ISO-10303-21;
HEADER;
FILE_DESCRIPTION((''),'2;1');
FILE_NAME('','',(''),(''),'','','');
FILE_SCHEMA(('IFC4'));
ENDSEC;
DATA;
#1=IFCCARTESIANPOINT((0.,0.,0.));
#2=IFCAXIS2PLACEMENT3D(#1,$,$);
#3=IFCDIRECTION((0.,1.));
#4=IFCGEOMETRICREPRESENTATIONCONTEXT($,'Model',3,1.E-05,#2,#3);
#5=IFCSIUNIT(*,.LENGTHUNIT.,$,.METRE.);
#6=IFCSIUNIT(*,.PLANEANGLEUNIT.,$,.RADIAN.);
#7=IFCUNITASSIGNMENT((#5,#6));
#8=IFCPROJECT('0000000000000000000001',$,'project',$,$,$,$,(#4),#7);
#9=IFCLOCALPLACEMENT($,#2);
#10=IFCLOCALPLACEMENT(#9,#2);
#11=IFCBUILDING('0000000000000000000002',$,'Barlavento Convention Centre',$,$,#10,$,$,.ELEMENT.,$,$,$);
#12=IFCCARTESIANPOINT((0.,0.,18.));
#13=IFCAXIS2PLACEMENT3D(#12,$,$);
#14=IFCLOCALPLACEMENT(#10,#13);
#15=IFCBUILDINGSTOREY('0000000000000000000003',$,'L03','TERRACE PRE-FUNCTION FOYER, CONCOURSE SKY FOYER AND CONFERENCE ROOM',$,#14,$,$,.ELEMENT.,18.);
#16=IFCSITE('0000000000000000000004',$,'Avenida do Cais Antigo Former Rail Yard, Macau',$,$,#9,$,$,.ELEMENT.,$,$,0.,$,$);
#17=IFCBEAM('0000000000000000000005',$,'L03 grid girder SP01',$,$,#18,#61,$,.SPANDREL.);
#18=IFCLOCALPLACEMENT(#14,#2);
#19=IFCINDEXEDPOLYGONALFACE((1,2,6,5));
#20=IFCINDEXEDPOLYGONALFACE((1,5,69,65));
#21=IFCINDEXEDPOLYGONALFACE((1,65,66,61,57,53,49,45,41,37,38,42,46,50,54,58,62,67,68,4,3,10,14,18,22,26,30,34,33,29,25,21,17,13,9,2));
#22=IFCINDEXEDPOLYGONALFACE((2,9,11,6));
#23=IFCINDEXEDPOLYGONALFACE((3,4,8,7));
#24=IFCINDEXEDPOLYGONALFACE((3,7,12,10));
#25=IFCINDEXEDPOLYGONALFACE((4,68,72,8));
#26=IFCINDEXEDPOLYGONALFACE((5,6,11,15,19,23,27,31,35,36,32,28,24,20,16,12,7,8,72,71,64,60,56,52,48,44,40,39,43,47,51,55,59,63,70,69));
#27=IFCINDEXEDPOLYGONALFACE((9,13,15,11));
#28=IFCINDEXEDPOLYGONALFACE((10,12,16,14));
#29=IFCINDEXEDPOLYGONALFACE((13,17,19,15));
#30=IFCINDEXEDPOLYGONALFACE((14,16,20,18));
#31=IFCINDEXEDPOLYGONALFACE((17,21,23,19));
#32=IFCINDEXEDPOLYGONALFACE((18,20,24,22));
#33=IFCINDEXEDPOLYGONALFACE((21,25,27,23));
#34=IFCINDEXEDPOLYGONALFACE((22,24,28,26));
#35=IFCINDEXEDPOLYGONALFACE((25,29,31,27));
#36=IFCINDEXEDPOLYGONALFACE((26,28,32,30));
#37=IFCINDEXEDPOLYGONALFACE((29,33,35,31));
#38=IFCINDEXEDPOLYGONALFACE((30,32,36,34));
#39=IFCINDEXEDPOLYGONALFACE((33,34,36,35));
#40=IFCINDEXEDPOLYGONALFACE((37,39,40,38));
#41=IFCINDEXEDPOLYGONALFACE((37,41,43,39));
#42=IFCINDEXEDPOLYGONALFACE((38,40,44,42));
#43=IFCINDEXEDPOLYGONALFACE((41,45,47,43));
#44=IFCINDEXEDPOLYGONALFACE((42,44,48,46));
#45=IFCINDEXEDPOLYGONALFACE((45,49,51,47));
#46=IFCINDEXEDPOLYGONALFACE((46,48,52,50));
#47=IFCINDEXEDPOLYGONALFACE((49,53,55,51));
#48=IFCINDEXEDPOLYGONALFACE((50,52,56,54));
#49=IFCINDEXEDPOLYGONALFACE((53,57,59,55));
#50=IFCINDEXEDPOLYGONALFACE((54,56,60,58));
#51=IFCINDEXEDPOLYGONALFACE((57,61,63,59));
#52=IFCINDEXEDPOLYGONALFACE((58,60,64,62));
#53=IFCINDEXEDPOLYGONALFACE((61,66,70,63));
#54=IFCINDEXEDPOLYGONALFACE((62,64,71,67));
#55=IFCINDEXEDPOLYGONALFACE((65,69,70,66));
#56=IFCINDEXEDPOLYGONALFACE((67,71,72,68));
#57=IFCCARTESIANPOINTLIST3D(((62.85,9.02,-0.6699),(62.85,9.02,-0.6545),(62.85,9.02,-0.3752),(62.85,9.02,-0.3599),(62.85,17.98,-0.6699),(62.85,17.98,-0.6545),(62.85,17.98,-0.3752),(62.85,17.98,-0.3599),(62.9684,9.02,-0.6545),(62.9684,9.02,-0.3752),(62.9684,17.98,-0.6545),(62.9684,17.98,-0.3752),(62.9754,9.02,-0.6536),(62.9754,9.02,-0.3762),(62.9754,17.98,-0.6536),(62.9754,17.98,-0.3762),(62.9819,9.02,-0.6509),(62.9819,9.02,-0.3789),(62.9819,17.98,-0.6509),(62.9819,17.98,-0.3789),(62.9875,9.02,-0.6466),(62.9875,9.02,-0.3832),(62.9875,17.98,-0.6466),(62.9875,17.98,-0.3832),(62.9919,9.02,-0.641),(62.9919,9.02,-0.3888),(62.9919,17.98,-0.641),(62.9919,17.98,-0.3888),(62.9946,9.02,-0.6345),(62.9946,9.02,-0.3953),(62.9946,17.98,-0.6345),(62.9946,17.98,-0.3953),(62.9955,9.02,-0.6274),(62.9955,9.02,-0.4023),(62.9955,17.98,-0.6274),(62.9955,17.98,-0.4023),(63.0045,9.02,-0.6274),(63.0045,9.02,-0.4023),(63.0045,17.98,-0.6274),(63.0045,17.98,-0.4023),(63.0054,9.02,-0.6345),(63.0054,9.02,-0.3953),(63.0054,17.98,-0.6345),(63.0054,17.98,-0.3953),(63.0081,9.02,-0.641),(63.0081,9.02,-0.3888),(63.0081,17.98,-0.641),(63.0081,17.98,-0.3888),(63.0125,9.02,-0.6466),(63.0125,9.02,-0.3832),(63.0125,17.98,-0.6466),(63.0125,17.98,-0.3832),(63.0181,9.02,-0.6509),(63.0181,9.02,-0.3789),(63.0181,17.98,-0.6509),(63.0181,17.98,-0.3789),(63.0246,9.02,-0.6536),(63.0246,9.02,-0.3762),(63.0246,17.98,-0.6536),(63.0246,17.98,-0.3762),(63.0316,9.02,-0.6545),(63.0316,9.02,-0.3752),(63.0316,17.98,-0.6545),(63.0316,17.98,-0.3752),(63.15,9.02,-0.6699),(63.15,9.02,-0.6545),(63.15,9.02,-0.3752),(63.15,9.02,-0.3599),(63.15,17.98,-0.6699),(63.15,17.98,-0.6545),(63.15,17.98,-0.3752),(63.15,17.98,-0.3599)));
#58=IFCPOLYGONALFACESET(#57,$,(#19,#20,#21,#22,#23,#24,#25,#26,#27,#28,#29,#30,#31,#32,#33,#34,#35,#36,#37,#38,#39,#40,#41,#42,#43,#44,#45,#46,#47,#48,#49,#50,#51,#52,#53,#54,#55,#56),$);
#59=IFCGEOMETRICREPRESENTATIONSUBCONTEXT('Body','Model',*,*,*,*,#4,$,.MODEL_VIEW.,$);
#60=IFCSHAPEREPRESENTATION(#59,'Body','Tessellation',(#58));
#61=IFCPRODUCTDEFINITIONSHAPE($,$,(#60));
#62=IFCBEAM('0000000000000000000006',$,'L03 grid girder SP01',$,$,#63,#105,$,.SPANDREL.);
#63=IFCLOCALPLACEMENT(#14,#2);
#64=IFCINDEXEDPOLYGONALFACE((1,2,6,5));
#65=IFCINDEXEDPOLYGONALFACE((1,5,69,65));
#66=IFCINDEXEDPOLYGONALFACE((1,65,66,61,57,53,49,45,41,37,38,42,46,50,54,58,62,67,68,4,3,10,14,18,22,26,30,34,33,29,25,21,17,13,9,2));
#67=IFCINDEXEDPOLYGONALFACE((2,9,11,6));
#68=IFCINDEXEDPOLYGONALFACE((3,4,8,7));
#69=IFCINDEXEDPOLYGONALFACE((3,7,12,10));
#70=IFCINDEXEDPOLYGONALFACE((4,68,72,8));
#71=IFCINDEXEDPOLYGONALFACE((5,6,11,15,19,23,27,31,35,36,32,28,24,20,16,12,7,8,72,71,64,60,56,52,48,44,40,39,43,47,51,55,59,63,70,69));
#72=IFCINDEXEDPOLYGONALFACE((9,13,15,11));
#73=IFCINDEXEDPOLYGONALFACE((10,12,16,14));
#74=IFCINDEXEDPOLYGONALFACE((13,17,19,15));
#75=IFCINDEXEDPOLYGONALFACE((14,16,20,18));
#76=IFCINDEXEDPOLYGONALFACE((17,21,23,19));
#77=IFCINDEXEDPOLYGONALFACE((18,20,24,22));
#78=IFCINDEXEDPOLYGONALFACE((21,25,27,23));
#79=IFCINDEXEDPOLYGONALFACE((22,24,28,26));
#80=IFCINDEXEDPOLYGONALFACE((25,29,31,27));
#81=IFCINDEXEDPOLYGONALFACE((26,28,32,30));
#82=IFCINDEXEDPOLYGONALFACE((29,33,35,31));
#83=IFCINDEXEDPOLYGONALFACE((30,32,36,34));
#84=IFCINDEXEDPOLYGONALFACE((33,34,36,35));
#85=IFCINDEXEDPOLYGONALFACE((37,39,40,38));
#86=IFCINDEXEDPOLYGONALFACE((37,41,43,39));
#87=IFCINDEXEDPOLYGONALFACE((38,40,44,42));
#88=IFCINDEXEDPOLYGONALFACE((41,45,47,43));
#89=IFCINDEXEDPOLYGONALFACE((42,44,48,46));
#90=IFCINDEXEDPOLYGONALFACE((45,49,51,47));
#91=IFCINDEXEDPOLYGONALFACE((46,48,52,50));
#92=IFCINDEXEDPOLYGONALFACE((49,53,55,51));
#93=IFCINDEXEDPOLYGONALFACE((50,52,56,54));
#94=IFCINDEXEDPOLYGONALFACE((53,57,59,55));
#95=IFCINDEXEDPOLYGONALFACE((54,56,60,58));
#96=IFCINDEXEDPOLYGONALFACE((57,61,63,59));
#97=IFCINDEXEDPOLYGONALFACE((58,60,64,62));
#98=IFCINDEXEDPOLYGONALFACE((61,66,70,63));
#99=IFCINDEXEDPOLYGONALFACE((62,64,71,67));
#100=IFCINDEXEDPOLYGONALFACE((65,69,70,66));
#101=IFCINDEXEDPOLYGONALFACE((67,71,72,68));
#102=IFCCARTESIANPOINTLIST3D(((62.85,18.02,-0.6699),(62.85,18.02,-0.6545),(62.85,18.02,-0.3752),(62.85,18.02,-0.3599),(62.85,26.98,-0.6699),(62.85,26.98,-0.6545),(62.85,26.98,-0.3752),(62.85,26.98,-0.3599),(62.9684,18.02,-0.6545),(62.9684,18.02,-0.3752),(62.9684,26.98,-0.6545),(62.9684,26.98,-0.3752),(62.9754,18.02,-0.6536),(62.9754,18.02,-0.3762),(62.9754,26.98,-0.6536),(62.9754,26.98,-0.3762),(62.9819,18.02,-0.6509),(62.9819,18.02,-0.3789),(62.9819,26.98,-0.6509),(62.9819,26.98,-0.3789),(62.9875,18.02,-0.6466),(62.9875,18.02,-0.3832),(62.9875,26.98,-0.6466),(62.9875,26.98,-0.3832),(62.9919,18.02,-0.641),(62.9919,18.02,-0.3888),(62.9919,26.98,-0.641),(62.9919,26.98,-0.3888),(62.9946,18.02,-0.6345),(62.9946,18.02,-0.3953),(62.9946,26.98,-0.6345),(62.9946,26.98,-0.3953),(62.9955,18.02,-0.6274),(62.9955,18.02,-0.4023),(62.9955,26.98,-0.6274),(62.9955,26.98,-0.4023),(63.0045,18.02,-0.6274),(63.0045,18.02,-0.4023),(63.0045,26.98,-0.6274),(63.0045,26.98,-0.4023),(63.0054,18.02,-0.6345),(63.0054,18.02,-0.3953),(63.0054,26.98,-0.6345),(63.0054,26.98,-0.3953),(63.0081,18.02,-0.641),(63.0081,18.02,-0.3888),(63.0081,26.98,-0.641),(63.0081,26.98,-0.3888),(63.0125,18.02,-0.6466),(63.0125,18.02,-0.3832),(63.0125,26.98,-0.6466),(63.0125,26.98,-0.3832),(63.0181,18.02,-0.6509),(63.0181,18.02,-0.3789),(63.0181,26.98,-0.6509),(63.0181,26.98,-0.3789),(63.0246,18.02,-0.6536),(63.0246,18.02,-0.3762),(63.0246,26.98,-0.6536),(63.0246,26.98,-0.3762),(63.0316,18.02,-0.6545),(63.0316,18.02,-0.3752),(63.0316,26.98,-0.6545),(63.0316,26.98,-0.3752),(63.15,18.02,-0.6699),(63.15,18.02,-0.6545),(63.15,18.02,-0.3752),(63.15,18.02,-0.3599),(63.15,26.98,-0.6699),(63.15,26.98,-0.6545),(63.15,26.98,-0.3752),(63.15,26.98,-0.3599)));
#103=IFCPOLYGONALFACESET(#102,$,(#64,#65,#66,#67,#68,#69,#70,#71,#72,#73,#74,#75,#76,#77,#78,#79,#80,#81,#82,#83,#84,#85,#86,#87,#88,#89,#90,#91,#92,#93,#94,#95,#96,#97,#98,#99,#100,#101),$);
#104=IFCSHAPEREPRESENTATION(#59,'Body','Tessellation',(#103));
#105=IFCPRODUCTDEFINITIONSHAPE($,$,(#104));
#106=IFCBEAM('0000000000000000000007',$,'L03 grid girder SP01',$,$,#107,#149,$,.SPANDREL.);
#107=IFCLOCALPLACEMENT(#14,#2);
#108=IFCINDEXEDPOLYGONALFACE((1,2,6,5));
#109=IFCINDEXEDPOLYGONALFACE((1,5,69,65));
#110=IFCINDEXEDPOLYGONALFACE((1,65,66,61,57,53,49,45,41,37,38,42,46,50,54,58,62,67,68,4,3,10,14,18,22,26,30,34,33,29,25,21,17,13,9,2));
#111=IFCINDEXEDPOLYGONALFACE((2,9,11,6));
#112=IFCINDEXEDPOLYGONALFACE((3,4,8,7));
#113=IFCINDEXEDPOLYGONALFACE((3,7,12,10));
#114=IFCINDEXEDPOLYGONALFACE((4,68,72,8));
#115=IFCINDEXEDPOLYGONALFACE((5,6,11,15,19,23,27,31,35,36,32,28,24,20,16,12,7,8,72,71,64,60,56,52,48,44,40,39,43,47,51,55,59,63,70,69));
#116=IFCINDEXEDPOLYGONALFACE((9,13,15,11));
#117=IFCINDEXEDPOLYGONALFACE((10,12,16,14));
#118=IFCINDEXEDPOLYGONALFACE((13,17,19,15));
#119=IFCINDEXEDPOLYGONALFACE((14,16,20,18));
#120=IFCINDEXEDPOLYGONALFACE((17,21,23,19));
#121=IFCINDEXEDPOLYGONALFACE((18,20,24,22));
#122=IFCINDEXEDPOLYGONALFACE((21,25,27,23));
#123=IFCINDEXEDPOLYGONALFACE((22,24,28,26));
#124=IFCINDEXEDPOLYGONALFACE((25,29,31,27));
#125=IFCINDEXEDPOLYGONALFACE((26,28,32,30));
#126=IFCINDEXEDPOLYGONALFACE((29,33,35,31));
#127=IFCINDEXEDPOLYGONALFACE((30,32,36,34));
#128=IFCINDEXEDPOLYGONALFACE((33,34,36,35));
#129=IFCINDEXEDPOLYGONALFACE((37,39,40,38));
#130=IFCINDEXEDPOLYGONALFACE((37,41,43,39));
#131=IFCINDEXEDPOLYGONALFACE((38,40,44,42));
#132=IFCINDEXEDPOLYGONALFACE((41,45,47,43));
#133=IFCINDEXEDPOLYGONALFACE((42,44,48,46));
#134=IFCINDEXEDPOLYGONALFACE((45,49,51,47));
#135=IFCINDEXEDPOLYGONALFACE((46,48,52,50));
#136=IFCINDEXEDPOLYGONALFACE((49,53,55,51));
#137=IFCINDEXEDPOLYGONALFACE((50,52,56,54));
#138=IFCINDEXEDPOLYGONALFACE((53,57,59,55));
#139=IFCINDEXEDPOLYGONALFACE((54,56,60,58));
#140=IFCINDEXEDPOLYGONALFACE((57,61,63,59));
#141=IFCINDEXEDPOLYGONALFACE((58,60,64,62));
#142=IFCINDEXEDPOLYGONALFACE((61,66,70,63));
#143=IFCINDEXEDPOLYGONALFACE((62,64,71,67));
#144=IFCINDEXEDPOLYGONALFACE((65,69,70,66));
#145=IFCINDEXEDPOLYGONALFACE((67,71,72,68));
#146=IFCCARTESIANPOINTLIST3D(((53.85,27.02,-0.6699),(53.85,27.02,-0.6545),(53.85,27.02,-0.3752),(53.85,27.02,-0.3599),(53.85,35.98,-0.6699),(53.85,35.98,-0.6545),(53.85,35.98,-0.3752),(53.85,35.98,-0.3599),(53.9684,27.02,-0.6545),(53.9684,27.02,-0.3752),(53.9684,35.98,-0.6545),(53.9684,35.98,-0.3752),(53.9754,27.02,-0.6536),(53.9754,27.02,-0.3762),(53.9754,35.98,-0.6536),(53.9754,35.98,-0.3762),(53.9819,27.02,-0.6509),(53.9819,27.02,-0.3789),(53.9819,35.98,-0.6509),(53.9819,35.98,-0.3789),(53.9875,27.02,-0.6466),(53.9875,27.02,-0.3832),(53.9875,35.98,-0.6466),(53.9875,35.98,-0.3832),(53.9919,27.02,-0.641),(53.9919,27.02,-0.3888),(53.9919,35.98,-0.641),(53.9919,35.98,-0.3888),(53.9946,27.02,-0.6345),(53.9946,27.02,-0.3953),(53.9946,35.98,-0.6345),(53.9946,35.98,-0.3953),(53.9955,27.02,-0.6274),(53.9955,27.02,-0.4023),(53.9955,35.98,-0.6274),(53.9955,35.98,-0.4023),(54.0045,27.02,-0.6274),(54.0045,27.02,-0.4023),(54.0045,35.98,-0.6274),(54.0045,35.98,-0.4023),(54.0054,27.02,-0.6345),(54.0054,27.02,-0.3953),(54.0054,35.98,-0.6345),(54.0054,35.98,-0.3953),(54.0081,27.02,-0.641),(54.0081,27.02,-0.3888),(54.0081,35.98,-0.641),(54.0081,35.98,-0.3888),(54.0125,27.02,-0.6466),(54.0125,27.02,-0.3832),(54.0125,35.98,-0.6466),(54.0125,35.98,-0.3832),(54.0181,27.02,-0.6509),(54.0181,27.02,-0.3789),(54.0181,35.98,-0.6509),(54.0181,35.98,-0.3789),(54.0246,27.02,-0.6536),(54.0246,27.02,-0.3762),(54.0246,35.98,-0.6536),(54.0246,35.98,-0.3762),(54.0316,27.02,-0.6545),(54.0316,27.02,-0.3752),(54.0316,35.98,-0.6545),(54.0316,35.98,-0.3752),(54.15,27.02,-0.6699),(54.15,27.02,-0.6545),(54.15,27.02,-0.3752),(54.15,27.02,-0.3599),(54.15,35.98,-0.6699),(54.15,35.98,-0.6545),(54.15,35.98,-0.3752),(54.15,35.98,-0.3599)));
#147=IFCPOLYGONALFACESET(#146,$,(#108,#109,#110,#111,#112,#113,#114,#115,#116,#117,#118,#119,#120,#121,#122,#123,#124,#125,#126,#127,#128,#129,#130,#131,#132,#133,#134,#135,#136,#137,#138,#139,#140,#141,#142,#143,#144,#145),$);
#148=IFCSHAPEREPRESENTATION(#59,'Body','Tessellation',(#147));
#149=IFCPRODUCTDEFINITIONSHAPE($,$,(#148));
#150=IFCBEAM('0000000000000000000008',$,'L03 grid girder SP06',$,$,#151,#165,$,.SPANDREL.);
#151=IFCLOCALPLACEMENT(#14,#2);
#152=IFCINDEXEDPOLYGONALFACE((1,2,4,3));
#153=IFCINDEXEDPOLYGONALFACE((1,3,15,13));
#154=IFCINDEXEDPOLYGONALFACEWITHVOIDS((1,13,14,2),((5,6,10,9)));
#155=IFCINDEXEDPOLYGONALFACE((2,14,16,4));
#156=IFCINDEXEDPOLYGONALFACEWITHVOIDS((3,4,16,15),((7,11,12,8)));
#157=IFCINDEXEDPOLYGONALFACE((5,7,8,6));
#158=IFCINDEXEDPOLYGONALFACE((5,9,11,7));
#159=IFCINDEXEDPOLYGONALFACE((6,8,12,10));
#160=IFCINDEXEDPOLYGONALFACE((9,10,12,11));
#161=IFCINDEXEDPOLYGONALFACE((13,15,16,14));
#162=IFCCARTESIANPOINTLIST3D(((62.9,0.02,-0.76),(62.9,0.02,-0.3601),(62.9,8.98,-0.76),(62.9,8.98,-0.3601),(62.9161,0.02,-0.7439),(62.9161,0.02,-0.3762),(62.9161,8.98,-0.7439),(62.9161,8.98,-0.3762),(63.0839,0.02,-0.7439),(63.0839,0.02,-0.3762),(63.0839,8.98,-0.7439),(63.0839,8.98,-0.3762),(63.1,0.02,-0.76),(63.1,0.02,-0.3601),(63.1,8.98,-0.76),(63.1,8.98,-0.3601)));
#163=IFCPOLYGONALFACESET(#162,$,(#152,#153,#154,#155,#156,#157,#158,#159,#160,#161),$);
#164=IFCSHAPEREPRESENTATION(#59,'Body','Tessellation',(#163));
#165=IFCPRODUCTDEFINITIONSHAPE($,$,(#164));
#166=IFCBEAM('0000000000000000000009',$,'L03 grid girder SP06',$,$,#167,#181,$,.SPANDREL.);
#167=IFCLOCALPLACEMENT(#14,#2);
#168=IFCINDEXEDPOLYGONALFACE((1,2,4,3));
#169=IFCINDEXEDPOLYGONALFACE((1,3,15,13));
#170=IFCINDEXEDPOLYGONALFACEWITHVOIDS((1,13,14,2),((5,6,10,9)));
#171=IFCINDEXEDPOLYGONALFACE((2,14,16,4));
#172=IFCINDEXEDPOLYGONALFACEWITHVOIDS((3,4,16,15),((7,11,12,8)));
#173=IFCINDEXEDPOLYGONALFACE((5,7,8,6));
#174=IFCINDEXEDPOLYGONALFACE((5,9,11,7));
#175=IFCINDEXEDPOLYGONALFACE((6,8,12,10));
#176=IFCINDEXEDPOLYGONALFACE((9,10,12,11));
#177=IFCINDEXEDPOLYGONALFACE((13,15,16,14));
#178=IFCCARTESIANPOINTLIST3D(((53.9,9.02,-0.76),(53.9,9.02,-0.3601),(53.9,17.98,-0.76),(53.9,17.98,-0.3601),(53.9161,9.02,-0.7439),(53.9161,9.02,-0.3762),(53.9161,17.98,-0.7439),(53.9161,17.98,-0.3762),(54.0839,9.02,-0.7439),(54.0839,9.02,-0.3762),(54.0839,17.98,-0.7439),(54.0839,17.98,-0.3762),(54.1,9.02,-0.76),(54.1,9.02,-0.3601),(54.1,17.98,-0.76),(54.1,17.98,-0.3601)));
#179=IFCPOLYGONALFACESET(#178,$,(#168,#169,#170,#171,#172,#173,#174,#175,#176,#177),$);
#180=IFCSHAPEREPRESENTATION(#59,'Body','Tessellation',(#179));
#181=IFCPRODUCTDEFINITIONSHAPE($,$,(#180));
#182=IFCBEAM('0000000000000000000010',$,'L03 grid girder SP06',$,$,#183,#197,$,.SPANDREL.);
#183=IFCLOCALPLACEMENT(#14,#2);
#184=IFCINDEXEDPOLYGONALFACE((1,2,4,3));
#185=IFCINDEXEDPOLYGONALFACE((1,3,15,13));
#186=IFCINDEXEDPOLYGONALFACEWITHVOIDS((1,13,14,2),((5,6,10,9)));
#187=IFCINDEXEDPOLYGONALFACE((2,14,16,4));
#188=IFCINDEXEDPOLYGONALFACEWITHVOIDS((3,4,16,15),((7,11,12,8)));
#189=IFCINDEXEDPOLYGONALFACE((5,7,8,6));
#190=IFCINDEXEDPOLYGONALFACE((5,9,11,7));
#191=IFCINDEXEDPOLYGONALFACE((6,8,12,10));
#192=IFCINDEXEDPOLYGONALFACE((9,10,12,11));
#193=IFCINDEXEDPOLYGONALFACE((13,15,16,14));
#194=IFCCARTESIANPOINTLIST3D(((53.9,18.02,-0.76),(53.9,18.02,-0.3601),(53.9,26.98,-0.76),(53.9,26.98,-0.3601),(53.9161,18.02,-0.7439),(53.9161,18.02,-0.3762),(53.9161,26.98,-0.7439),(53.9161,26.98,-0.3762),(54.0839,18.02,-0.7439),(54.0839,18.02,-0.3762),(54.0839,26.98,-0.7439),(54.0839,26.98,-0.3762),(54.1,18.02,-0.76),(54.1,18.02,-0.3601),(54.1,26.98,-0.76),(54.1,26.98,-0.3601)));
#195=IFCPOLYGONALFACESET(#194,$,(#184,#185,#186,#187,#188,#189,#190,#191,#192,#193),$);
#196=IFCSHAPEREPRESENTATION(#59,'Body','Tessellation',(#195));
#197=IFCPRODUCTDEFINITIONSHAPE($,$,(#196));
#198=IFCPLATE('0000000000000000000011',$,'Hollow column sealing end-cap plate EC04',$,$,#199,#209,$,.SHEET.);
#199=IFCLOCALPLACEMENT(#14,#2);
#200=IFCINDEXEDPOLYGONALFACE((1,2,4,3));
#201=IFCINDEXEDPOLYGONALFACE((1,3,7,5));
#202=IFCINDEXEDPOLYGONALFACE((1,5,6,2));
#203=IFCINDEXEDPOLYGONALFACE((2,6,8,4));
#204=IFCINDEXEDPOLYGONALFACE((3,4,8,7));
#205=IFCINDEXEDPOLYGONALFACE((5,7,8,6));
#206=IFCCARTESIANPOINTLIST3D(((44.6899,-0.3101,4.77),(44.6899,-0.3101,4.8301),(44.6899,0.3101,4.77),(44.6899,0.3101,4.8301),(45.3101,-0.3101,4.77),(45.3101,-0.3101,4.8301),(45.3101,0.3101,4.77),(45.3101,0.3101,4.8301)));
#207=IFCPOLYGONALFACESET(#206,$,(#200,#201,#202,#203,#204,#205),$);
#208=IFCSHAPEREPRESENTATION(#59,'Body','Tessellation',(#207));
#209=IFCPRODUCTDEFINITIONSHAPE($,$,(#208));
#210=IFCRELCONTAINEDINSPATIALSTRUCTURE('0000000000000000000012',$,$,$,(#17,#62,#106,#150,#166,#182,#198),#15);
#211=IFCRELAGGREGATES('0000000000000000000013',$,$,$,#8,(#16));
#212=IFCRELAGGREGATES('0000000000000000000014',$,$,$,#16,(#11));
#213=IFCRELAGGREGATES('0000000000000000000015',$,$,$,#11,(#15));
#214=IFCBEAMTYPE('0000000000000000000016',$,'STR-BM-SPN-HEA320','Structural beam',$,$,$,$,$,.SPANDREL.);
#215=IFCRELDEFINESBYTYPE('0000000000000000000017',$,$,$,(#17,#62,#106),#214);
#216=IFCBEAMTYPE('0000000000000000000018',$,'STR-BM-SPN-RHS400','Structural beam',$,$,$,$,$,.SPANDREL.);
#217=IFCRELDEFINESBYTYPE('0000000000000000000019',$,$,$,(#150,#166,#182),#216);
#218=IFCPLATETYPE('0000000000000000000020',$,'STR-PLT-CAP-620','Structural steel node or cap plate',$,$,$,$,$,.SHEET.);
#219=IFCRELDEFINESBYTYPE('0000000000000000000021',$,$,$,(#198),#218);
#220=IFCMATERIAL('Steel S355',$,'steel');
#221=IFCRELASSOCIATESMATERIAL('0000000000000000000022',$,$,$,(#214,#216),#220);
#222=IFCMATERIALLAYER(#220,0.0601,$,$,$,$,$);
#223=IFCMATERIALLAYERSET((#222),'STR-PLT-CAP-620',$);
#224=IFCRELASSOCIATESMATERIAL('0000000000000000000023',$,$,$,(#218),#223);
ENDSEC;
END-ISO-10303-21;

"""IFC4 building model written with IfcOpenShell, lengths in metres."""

from ifc_helpers import new_model, si_unit, direction, frame, origin, origin_2d, place, context, subcontext, project, spatial, rectangle, hollow_rectangle, i_section, extrude, material, layer, layer_set, material_profile, profile_set, type_object, element, save


model = new_model("IFC4")

# Units and contexts
model_context = context("Model", 3, precision=1e-05, world=origin(), true_north=direction((0.0, 1.0)))
body_context = subcontext(model_context, "Body", "Model", "MODEL_VIEW")
ifc_project = project(units=[si_unit("LENGTHUNIT", "METRE"), si_unit("PLANEANGLEUNIT", "RADIAN")], contexts=[model_context])

# Site, building, storey
site_placement = place(None, origin())
site = spatial("IfcSite", under=ifc_project, at=site_placement, Name="Avenida do Cais Antigo Former Rail Yard, Macau", CompositionType="ELEMENT", RefElevation=0.0)
building_placement = place(site_placement, origin())
building = spatial("IfcBuilding", under=site, at=building_placement, Name="Barlavento Convention Centre", CompositionType="ELEMENT")
storey_placement = place(building_placement, frame((0.0, 0.0, 18.0)))
storey = spatial("IfcBuildingStorey", under=building, at=storey_placement, Name="L03", Description="TERRACE PRE-FUNCTION FOYER, CONCOURSE SKY FOYER AND CONFERENCE ROOM", CompositionType="ELEMENT", Elevation=18.0)

# Shared definitions
ifc_material_1 = material(Name="Steel S355", Category="steel")

# Beams
ifc_material_profile_1 = material_profile(ifc_material_1, i_section(OverallWidth=0.3, OverallDepth=0.3101, WebThickness=0.009, FlangeThickness=0.0154, FilletRadius=0.0271, at=origin_2d()), Name="HEA 320")
ifc_profile_set_1 = profile_set([ifc_material_profile_1], Name="Steel S355")
beam_type_1 = type_object("IfcBeamType", Name="STR-BM-SPN-HEA320", Description="Structural beam", PredefinedType="SPANDREL", material=ifc_profile_set_1)
for number, where, z_axis, x_axis, name in (
    (1, (63.0, 9.02, -0.5149), (0.0, 1.0, 0.0), (-1.0, 0.0, 0.0), "L03 grid girder SP01"),
    (2, (63.0, 18.02, -0.5149), (0.0, 1.0, 0.0), (-1.0, 0.0, 0.0), "L03 grid girder SP01"),
    (3, (54.0, 27.02, -0.5149), (0.0, 1.0, 0.0), (-1.0, 0.0, 0.0), "L03 grid girder SP01"),
):
    element("IfcBeam", number, at=place(storey_placement, frame(where, z_axis=z_axis, x_axis=x_axis)), inside=storey, type_object=beam_type_1, Name=name, PredefinedType="SPANDREL", context=body_context, shape_type="SweptSolid", body=[
        extrude(i_section(OverallWidth=0.3, OverallDepth=0.3101, WebThickness=0.009, FlangeThickness=0.0154, FilletRadius=0.0271, at=origin_2d()), origin(), (0.0, 0.0, 1.0), 8.96),
    ])
ifc_material_profile_2 = material_profile(ifc_material_1, hollow_rectangle(XDim=0.2, YDim=0.3999, WallThickness=0.0161, at=origin_2d()), Name="RHS 400x200x16.0")
ifc_profile_set_2 = profile_set([ifc_material_profile_2], Name="Steel S355")
beam_type_2 = type_object("IfcBeamType", Name="STR-BM-SPN-RHS400", Description="Structural beam", PredefinedType="SPANDREL", material=ifc_profile_set_2)
for number, where, z_axis, x_axis, name in (
    (4, (63.0, 0.02, -0.5601), (0.0, 1.0, 0.0), (-1.0, 0.0, 0.0), "L03 grid girder SP06"),
    (5, (54.0, 9.02, -0.5601), (0.0, 1.0, 0.0), (-1.0, 0.0, 0.0), "L03 grid girder SP06"),
    (6, (54.0, 18.02, -0.5601), (0.0, 1.0, 0.0), (-1.0, 0.0, 0.0), "L03 grid girder SP06"),
):
    element("IfcBeam", number, at=place(storey_placement, frame(where, z_axis=z_axis, x_axis=x_axis)), inside=storey, type_object=beam_type_2, Name=name, PredefinedType="SPANDREL", context=body_context, shape_type="SweptSolid", body=[
        extrude(hollow_rectangle(XDim=0.2, YDim=0.3999, WallThickness=0.0161, at=origin_2d()), origin(), (0.0, 0.0, 1.0), 8.96),
    ])

# Plate
ifc_layer = layer(ifc_material_1, 0.0601)
ifc_layer_set = layer_set([ifc_layer], Name="STR-PLT-CAP-620")
plate_type = type_object("IfcPlateType", Name="STR-PLT-CAP-620", Description="Structural steel node or cap plate", PredefinedType="SHEET", material=ifc_layer_set)
for number, where, z_axis, x_axis, name in (
    (7, (45.0, 0.0, 4.77), (0.0, 0.0, 1.0), (1.0, 0.0, 0.0), "Hollow column sealing end-cap plate EC04"),
):
    element("IfcPlate", number, at=place(storey_placement, frame(where, z_axis=z_axis, x_axis=x_axis)), inside=storey, type_object=plate_type, Name=name, PredefinedType="SHEET", context=body_context, shape_type="SweptSolid", body=[
        extrude(rectangle(XDim=0.6201, YDim=0.6201, at=origin_2d()), origin(), (0.0, 0.0, 1.0), 0.0601),
    ])

save(model, "model.ifc")
